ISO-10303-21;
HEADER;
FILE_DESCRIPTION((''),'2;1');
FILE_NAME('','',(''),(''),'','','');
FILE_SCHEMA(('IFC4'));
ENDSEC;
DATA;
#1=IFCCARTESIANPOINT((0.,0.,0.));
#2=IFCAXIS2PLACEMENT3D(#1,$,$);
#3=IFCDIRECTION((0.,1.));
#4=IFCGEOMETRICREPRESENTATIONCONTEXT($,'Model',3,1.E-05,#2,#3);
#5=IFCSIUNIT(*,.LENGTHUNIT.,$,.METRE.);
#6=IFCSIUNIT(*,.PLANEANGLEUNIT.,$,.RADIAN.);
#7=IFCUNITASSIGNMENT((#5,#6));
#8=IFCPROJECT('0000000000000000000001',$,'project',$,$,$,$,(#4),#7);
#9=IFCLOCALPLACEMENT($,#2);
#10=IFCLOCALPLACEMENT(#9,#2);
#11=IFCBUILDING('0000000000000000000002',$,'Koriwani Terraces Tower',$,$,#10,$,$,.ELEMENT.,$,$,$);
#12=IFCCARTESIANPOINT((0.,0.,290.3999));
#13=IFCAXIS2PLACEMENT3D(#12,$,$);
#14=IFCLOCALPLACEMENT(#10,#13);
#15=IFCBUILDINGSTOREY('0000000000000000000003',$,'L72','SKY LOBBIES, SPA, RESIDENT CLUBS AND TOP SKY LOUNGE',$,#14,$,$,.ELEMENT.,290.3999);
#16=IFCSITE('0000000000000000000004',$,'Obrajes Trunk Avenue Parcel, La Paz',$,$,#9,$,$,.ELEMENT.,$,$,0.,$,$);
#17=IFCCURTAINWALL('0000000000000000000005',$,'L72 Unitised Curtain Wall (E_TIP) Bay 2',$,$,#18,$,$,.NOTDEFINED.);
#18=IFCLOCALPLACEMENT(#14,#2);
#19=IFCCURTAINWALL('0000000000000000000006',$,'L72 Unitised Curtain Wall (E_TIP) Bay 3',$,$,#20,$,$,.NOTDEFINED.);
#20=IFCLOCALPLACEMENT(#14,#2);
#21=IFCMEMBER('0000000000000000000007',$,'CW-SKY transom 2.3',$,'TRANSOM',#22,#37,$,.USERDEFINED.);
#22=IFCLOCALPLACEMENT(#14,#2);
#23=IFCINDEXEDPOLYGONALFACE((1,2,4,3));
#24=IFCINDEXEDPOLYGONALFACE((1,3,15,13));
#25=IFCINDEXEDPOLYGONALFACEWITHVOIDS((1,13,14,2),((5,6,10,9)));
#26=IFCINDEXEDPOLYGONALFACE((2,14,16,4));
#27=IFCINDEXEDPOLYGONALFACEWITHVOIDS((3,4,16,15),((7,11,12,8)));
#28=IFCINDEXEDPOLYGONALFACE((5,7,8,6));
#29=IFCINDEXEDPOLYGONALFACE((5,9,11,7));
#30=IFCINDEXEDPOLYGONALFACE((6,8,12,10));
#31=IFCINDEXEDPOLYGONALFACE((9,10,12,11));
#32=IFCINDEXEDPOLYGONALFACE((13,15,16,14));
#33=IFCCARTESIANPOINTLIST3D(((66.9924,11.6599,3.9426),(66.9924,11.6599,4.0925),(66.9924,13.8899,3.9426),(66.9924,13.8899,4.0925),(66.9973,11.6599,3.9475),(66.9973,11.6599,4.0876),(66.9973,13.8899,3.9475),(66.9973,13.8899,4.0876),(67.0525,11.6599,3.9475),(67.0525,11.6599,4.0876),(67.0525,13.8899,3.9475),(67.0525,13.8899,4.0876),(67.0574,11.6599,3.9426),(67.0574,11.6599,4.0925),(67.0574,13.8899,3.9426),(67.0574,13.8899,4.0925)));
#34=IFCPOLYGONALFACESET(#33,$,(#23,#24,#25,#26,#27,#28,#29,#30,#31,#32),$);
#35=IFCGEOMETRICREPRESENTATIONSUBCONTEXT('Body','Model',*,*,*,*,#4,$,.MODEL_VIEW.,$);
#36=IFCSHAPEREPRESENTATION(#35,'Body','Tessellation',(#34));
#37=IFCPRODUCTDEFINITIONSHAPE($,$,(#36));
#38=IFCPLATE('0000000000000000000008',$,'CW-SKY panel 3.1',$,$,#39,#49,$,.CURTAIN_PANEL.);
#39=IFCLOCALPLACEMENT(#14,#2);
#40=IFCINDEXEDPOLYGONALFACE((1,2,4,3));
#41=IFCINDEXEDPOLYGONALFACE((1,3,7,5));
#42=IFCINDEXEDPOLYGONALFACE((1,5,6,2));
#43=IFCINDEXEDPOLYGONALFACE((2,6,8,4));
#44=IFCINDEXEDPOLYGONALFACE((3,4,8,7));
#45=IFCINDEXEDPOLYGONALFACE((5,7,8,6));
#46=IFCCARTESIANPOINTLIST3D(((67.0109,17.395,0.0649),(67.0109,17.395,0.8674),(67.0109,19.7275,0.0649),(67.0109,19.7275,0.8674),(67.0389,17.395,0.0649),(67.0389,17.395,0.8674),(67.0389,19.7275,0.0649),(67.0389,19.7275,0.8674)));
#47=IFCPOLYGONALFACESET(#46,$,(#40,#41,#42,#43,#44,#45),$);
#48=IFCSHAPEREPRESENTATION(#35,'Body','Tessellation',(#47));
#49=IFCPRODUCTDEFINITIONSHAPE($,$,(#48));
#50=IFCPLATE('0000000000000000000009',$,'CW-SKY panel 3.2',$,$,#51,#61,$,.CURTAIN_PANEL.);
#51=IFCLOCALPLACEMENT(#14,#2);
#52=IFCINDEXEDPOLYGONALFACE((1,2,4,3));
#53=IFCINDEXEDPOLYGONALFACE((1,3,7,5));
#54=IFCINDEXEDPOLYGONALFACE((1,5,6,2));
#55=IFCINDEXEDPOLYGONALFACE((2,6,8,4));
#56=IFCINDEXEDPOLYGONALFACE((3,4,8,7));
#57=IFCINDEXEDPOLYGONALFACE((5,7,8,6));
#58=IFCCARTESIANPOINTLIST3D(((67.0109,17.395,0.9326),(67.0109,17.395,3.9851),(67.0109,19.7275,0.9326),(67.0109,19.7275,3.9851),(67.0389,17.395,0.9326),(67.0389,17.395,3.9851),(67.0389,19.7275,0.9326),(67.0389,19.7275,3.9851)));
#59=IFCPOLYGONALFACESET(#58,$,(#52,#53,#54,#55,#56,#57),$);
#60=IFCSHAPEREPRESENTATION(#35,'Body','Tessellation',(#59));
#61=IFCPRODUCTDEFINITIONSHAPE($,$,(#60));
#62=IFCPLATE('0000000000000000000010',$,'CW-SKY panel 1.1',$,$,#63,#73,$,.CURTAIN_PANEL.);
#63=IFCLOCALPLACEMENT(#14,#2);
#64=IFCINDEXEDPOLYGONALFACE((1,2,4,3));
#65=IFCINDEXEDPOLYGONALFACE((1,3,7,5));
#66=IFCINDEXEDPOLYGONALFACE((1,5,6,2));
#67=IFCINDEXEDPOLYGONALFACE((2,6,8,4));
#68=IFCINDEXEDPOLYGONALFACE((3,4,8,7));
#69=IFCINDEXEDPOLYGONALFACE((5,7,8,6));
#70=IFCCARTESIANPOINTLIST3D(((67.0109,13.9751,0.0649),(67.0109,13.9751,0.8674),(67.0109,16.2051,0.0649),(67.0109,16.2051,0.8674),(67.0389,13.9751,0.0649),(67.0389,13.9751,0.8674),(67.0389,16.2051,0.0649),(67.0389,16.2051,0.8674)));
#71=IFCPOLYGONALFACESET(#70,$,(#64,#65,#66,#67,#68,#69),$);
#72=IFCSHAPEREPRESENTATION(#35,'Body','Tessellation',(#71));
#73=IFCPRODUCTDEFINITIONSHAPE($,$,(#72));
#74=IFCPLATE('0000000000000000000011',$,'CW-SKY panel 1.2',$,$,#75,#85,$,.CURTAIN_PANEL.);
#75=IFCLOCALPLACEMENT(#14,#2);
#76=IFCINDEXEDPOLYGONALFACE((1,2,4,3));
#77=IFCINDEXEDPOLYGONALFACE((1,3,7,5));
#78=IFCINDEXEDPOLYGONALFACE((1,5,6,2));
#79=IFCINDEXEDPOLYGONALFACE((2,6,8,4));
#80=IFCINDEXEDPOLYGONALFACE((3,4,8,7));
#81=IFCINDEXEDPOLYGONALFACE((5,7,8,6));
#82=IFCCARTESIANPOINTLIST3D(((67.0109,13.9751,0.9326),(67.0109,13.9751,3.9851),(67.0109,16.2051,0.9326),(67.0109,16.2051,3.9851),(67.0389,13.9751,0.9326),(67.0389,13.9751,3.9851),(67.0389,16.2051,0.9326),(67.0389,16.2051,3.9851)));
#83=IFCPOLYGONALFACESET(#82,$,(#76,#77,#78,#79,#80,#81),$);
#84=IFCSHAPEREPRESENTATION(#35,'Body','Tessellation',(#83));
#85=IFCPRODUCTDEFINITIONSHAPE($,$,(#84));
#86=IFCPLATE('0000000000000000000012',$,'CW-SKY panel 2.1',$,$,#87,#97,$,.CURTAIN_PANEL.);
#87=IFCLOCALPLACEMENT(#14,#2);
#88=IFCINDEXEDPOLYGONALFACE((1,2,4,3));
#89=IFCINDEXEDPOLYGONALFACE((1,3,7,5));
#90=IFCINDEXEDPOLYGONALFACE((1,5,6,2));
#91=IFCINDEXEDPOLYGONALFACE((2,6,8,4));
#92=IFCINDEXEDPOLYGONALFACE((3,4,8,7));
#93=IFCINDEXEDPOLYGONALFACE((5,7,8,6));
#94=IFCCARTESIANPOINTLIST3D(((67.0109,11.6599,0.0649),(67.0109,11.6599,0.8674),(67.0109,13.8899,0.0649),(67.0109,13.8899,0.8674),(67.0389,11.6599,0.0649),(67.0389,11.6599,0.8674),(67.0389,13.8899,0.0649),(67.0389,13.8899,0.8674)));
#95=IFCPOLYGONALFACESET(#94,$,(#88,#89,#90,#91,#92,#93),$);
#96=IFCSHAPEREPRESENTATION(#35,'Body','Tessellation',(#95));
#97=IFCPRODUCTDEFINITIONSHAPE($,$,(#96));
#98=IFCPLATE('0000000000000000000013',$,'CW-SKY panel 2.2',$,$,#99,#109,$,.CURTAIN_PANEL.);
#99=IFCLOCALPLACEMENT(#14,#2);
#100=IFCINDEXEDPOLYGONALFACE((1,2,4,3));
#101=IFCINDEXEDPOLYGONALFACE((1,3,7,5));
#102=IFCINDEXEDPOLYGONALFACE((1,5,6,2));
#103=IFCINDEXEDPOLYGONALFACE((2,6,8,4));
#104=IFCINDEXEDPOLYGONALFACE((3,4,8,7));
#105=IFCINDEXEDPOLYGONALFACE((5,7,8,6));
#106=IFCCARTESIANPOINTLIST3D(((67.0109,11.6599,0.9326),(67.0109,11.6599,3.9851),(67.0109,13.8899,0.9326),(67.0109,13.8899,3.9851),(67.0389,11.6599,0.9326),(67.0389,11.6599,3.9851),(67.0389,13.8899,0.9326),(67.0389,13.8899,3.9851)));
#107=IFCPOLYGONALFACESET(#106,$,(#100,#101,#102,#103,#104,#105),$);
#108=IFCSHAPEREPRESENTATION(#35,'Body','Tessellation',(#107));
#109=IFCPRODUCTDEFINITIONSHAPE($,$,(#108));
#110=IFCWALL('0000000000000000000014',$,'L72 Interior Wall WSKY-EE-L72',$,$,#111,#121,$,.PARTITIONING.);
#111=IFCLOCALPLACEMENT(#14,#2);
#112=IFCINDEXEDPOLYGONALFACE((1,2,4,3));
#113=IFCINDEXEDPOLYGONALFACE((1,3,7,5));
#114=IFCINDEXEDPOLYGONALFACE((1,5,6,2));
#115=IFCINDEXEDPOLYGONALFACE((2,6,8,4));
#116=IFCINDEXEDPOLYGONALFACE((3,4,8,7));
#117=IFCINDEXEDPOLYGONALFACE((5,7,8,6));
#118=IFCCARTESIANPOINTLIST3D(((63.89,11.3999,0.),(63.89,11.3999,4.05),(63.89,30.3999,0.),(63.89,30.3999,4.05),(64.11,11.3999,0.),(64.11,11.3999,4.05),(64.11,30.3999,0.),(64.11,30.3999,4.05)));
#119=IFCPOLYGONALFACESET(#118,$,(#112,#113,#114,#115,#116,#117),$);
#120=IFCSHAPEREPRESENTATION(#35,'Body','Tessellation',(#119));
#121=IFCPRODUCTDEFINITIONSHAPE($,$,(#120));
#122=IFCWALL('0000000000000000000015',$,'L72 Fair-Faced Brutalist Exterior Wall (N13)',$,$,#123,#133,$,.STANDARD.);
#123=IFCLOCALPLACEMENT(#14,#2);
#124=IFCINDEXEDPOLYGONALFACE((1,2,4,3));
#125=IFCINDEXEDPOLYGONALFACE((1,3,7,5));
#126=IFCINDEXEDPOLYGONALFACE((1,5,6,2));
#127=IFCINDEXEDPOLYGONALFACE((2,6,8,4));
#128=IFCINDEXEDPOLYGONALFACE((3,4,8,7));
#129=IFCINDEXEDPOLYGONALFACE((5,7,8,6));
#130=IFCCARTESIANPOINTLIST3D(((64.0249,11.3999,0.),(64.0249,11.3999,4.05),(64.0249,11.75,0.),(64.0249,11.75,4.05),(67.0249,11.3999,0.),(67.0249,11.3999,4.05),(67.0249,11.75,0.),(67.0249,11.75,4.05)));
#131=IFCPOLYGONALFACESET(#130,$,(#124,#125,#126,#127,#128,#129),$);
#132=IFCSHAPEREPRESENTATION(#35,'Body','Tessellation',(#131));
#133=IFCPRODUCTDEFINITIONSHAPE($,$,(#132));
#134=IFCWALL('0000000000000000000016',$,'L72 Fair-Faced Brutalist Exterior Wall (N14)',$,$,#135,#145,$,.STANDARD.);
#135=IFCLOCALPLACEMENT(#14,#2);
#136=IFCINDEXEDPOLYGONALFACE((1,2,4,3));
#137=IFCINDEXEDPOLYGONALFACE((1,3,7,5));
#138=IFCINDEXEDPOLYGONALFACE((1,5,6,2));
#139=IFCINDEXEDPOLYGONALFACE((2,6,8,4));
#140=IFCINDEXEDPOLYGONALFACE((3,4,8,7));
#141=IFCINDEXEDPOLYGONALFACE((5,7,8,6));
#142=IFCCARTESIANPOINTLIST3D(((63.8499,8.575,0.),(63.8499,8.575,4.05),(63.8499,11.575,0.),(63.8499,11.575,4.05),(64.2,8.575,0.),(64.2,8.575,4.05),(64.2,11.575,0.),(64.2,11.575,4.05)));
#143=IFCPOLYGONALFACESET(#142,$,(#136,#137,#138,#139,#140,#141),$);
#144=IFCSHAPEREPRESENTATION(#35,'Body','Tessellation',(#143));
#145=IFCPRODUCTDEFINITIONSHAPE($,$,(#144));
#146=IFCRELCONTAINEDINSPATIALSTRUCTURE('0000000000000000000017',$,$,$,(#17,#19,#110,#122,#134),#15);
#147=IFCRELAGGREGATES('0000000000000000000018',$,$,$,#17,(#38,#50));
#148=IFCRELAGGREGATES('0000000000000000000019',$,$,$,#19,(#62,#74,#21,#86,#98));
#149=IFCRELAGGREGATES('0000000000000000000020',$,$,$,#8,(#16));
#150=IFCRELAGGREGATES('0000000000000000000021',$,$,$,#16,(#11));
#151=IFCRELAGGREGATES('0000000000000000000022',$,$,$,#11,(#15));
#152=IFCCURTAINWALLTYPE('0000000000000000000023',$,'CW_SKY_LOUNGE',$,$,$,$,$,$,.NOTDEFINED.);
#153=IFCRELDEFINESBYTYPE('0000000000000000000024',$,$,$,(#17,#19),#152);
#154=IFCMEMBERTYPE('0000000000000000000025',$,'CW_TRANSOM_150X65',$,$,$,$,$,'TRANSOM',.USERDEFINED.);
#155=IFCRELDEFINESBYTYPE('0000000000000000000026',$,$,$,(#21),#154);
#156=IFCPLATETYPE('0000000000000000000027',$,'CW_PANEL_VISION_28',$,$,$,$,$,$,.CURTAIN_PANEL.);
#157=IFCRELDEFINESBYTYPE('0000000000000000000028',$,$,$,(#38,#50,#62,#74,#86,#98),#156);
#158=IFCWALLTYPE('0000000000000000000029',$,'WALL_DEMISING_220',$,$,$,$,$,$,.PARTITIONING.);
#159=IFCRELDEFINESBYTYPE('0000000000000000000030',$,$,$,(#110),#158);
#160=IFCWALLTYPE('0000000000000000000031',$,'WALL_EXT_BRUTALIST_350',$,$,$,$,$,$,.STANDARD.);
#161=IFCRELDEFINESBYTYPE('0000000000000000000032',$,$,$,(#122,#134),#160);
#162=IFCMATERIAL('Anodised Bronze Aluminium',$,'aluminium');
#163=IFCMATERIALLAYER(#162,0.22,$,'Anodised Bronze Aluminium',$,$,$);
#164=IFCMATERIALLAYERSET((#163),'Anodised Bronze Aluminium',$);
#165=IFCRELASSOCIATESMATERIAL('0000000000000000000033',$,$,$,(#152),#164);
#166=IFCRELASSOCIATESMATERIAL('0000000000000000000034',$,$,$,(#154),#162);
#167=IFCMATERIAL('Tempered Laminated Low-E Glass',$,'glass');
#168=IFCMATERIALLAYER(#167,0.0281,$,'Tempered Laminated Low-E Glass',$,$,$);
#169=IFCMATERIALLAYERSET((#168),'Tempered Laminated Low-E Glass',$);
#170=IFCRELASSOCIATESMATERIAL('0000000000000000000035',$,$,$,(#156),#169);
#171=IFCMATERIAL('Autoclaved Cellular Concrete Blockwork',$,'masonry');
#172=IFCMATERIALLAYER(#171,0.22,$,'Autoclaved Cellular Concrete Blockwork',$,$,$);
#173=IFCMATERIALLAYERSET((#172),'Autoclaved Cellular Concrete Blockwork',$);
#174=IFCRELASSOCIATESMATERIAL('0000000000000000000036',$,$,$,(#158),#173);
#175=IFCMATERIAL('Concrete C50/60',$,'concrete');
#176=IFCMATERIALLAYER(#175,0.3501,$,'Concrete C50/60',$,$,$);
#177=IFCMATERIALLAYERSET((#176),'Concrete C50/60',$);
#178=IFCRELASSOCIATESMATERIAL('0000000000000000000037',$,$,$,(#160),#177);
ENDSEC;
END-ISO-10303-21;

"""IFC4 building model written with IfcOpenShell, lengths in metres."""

from ifc_helpers import new_model, si_unit, direction, frame, frame_2d, origin, origin_2d, place, context, subcontext, project, spatial, rectangle, hollow_rectangle, extrude, material, layer, layer_set, material_profile, profile_set, type_object, element, aggregate, save


model = new_model("IFC4")

# Units and contexts
model_context = context("Model", 3, precision=1e-05, world=origin(), true_north=direction((0.0, 1.0)))
body_context = subcontext(model_context, "Body", "Model", "MODEL_VIEW")
ifc_project = project(units=[si_unit("LENGTHUNIT", "METRE"), si_unit("PLANEANGLEUNIT", "RADIAN")], contexts=[model_context])

# Site, building, storey
site_placement = place(None, origin())
site = spatial("IfcSite", under=ifc_project, at=site_placement, Name="Obrajes Trunk Avenue Parcel, La Paz", CompositionType="ELEMENT", RefElevation=0.0)
building_placement = place(site_placement, origin())
building = spatial("IfcBuilding", under=site, at=building_placement, Name="Koriwani Terraces Tower", CompositionType="ELEMENT")
storey_placement = place(building_placement, frame((0.0, 0.0, 290.3999)))
storey = spatial("IfcBuildingStorey", under=building, at=storey_placement, Name="L72", Description="SKY LOBBIES, SPA, RESIDENT CLUBS AND TOP SKY LOUNGE", CompositionType="ELEMENT", Elevation=290.3999)

# Shared definitions
ifc_material_1 = material(Name="Concrete C50/60", Category="concrete")

# Curtain wall
ifc_material_2 = material(Name="Anodised Bronze Aluminium", Category="aluminium")
ifc_layer_1 = layer(ifc_material_2, 0.22, Name="Anodised Bronze Aluminium")
ifc_layer_set_1 = layer_set([ifc_layer_1], Name="Anodised Bronze Aluminium")
curtain_wall_type = type_object("IfcCurtainWallType", Name="CW_SKY_LOUNGE", PredefinedType="NOTDEFINED", material=ifc_layer_set_1)
curtain_wall_1_placement = place(storey_placement, origin())
curtain_wall_1 = element("IfcCurtainWall", 1, at=curtain_wall_1_placement, inside=storey, type_object=curtain_wall_type, Name="L72 Unitised Curtain Wall (E_TIP) Bay 2", PredefinedType="NOTDEFINED")

# Curtain wall
curtain_wall_2_placement = place(storey_placement, origin())
curtain_wall_2 = element("IfcCurtainWall", 2, at=curtain_wall_2_placement, inside=storey, type_object=curtain_wall_type, Name="L72 Unitised Curtain Wall (E_TIP) Bay 3", PredefinedType="NOTDEFINED")

# Member
ifc_material_profile_1 = material_profile(ifc_material_2, hollow_rectangle(XDim=0.0649, YDim=0.1499, WallThickness=0.0049, at=origin_2d()), Name="Anodised Bronze Aluminium", Category="LoadBearing")
ifc_profile_set_1 = profile_set([ifc_material_profile_1], Name="Anodised Bronze Aluminium")
member_type_1 = type_object("IfcMemberType", Name="CW_TRANSOM_150X65", ElementType="TRANSOM", PredefinedType="USERDEFINED", material=ifc_profile_set_1)
member_1_placement = place(storey_placement, frame((67.0249, 13.8899, 4.0176), z_axis=(0.0, -1.0, 0.0), x_axis=(1.0, 0.0, 0.0)))
member_1 = element("IfcMember", 3, at=member_1_placement, type_object=member_type_1, Name="CW-SKY transom 2.3", ObjectType="TRANSOM", PredefinedType="USERDEFINED", context=body_context, shape_type="SweptSolid", body=[
    extrude(hollow_rectangle(XDim=0.0649, YDim=0.1499, WallThickness=0.0049, at=origin_2d()), origin(), (0.0, 0.0, 1.0), 2.23),
])

# Plates
ifc_material_3 = material(Name="Tempered Laminated Low-E Glass", Category="glass")
ifc_layer_2 = layer(ifc_material_3, 0.0281, Name="Tempered Laminated Low-E Glass")
ifc_layer_set_2 = layer_set([ifc_layer_2], Name="Tempered Laminated Low-E Glass")
plate_type = type_object("IfcPlateType", Name="CW_PANEL_VISION_28", PredefinedType="CURTAIN_PANEL", material=ifc_layer_set_2)
plate_1_placement = place(storey_placement, frame((67.0249, 18.5613, 0.0649), z_axis=(0.0, 0.0, 1.0), x_axis=(0.0, -1.0, 0.0)))
plate_1 = element("IfcPlate", 4, at=plate_1_placement, type_object=plate_type, Name="CW-SKY panel 3.1", PredefinedType="CURTAIN_PANEL", context=body_context, shape_type="SweptSolid", body=[
    extrude(rectangle(XDim=2.3325, YDim=0.0281, at=origin_2d()), origin(), (0.0, 0.0, 1.0), 0.8025),
])
plate_2_placement = place(storey_placement, frame((67.0249, 18.5613, 0.9326), z_axis=(0.0, 0.0, 1.0), x_axis=(0.0, -1.0, 0.0)))
plate_2 = element("IfcPlate", 5, at=plate_2_placement, type_object=plate_type, Name="CW-SKY panel 3.2", PredefinedType="CURTAIN_PANEL", context=body_context, shape_type="SweptSolid", body=[
    extrude(rectangle(XDim=2.3325, YDim=0.0281, at=origin_2d()), origin(), (0.0, 0.0, 1.0), 3.0525),
])
aggregate(curtain_wall_1, [plate_1, plate_2])
plate_3_placement = place(storey_placement, frame((67.0249, 15.0901, 0.0649), z_axis=(0.0, 0.0, 1.0), x_axis=(0.0, -1.0, 0.0)))
plate_3 = element("IfcPlate", 6, at=plate_3_placement, type_object=plate_type, Name="CW-SKY panel 1.1", PredefinedType="CURTAIN_PANEL", context=body_context, shape_type="SweptSolid", body=[
    extrude(rectangle(XDim=2.23, YDim=0.0281, at=origin_2d()), origin(), (0.0, 0.0, 1.0), 0.8025),
])
plate_4_placement = place(storey_placement, frame((67.0249, 15.0901, 0.9326), z_axis=(0.0, 0.0, 1.0), x_axis=(0.0, -1.0, 0.0)))
plate_4 = element("IfcPlate", 7, at=plate_4_placement, type_object=plate_type, Name="CW-SKY panel 1.2", PredefinedType="CURTAIN_PANEL", context=body_context, shape_type="SweptSolid", body=[
    extrude(rectangle(XDim=2.23, YDim=0.0281, at=origin_2d()), origin(), (0.0, 0.0, 1.0), 3.0525),
])
plate_5_placement = place(storey_placement, frame((67.0249, 12.7749, 0.0649), z_axis=(0.0, 0.0, 1.0), x_axis=(0.0, -1.0, 0.0)))
plate_5 = element("IfcPlate", 8, at=plate_5_placement, type_object=plate_type, Name="CW-SKY panel 2.1", PredefinedType="CURTAIN_PANEL", context=body_context, shape_type="SweptSolid", body=[
    extrude(rectangle(XDim=2.23, YDim=0.0281, at=origin_2d()), origin(), (0.0, 0.0, 1.0), 0.8025),
])
plate_6_placement = place(storey_placement, frame((67.0249, 12.7749, 0.9326), z_axis=(0.0, 0.0, 1.0), x_axis=(0.0, -1.0, 0.0)))
plate_6 = element("IfcPlate", 9, at=plate_6_placement, type_object=plate_type, Name="CW-SKY panel 2.2", PredefinedType="CURTAIN_PANEL", context=body_context, shape_type="SweptSolid", body=[
    extrude(rectangle(XDim=2.23, YDim=0.0281, at=origin_2d()), origin(), (0.0, 0.0, 1.0), 3.0525),
])
aggregate(curtain_wall_2, [plate_3, plate_4, member_1, plate_5, plate_6])

# Walls
ifc_material_4 = material(Name="Autoclaved Cellular Concrete Blockwork", Category="masonry")
ifc_layer_3 = layer(ifc_material_4, 0.22, Name="Autoclaved Cellular Concrete Blockwork")
ifc_layer_set_3 = layer_set([ifc_layer_3], Name="Autoclaved Cellular Concrete Blockwork")
wall_type_1 = type_object("IfcWallType", Name="WALL_DEMISING_220", PredefinedType="PARTITIONING", material=ifc_layer_set_3)
wall_1_placement = place(storey_placement, frame((64.0, 11.3999, 0.0), z_axis=(0.0, 0.0, 1.0), x_axis=(0.0, 1.0, 0.0)))
element("IfcWall", 10, at=wall_1_placement, inside=storey, type_object=wall_type_1, Name="L72 Interior Wall WSKY-EE-L72", PredefinedType="PARTITIONING", context=body_context, shape_type="SweptSolid", body=[
    extrude(rectangle(XDim=19.0, YDim=0.22, at=frame_2d((9.5, 0.0))), origin(), (0.0, 0.0, 1.0), 4.05),
])
ifc_layer_4 = layer(ifc_material_1, 0.3501, Name="Concrete C50/60")
ifc_layer_set_4 = layer_set([ifc_layer_4], Name="Concrete C50/60")
wall_type_2 = type_object("IfcWallType", Name="WALL_EXT_BRUTALIST_350", PredefinedType="STANDARD", material=ifc_layer_set_4)
for number, where, z_axis, x_axis, name in (
    (11, (67.0249, 11.575, 0.0), (0.0, 0.0, 1.0), (-1.0, 0.0, 0.0), "L72 Fair-Faced Brutalist Exterior Wall (N13)"),
    (12, (64.0249, 11.575, 0.0), (0.0, 0.0, 1.0), (0.0, -1.0, 0.0), "L72 Fair-Faced Brutalist Exterior Wall (N14)"),
):
    element("IfcWall", number, at=place(storey_placement, frame(where, z_axis=z_axis, x_axis=x_axis)), inside=storey, type_object=wall_type_2, Name=name, PredefinedType="STANDARD", context=body_context, shape_type="SweptSolid", body=[
        extrude(rectangle(XDim=3.0, YDim=0.3501, at=frame_2d((1.5, 0.0))), origin(), (0.0, 0.0, 1.0), 4.05),
    ])

save(model, "model.ifc")
